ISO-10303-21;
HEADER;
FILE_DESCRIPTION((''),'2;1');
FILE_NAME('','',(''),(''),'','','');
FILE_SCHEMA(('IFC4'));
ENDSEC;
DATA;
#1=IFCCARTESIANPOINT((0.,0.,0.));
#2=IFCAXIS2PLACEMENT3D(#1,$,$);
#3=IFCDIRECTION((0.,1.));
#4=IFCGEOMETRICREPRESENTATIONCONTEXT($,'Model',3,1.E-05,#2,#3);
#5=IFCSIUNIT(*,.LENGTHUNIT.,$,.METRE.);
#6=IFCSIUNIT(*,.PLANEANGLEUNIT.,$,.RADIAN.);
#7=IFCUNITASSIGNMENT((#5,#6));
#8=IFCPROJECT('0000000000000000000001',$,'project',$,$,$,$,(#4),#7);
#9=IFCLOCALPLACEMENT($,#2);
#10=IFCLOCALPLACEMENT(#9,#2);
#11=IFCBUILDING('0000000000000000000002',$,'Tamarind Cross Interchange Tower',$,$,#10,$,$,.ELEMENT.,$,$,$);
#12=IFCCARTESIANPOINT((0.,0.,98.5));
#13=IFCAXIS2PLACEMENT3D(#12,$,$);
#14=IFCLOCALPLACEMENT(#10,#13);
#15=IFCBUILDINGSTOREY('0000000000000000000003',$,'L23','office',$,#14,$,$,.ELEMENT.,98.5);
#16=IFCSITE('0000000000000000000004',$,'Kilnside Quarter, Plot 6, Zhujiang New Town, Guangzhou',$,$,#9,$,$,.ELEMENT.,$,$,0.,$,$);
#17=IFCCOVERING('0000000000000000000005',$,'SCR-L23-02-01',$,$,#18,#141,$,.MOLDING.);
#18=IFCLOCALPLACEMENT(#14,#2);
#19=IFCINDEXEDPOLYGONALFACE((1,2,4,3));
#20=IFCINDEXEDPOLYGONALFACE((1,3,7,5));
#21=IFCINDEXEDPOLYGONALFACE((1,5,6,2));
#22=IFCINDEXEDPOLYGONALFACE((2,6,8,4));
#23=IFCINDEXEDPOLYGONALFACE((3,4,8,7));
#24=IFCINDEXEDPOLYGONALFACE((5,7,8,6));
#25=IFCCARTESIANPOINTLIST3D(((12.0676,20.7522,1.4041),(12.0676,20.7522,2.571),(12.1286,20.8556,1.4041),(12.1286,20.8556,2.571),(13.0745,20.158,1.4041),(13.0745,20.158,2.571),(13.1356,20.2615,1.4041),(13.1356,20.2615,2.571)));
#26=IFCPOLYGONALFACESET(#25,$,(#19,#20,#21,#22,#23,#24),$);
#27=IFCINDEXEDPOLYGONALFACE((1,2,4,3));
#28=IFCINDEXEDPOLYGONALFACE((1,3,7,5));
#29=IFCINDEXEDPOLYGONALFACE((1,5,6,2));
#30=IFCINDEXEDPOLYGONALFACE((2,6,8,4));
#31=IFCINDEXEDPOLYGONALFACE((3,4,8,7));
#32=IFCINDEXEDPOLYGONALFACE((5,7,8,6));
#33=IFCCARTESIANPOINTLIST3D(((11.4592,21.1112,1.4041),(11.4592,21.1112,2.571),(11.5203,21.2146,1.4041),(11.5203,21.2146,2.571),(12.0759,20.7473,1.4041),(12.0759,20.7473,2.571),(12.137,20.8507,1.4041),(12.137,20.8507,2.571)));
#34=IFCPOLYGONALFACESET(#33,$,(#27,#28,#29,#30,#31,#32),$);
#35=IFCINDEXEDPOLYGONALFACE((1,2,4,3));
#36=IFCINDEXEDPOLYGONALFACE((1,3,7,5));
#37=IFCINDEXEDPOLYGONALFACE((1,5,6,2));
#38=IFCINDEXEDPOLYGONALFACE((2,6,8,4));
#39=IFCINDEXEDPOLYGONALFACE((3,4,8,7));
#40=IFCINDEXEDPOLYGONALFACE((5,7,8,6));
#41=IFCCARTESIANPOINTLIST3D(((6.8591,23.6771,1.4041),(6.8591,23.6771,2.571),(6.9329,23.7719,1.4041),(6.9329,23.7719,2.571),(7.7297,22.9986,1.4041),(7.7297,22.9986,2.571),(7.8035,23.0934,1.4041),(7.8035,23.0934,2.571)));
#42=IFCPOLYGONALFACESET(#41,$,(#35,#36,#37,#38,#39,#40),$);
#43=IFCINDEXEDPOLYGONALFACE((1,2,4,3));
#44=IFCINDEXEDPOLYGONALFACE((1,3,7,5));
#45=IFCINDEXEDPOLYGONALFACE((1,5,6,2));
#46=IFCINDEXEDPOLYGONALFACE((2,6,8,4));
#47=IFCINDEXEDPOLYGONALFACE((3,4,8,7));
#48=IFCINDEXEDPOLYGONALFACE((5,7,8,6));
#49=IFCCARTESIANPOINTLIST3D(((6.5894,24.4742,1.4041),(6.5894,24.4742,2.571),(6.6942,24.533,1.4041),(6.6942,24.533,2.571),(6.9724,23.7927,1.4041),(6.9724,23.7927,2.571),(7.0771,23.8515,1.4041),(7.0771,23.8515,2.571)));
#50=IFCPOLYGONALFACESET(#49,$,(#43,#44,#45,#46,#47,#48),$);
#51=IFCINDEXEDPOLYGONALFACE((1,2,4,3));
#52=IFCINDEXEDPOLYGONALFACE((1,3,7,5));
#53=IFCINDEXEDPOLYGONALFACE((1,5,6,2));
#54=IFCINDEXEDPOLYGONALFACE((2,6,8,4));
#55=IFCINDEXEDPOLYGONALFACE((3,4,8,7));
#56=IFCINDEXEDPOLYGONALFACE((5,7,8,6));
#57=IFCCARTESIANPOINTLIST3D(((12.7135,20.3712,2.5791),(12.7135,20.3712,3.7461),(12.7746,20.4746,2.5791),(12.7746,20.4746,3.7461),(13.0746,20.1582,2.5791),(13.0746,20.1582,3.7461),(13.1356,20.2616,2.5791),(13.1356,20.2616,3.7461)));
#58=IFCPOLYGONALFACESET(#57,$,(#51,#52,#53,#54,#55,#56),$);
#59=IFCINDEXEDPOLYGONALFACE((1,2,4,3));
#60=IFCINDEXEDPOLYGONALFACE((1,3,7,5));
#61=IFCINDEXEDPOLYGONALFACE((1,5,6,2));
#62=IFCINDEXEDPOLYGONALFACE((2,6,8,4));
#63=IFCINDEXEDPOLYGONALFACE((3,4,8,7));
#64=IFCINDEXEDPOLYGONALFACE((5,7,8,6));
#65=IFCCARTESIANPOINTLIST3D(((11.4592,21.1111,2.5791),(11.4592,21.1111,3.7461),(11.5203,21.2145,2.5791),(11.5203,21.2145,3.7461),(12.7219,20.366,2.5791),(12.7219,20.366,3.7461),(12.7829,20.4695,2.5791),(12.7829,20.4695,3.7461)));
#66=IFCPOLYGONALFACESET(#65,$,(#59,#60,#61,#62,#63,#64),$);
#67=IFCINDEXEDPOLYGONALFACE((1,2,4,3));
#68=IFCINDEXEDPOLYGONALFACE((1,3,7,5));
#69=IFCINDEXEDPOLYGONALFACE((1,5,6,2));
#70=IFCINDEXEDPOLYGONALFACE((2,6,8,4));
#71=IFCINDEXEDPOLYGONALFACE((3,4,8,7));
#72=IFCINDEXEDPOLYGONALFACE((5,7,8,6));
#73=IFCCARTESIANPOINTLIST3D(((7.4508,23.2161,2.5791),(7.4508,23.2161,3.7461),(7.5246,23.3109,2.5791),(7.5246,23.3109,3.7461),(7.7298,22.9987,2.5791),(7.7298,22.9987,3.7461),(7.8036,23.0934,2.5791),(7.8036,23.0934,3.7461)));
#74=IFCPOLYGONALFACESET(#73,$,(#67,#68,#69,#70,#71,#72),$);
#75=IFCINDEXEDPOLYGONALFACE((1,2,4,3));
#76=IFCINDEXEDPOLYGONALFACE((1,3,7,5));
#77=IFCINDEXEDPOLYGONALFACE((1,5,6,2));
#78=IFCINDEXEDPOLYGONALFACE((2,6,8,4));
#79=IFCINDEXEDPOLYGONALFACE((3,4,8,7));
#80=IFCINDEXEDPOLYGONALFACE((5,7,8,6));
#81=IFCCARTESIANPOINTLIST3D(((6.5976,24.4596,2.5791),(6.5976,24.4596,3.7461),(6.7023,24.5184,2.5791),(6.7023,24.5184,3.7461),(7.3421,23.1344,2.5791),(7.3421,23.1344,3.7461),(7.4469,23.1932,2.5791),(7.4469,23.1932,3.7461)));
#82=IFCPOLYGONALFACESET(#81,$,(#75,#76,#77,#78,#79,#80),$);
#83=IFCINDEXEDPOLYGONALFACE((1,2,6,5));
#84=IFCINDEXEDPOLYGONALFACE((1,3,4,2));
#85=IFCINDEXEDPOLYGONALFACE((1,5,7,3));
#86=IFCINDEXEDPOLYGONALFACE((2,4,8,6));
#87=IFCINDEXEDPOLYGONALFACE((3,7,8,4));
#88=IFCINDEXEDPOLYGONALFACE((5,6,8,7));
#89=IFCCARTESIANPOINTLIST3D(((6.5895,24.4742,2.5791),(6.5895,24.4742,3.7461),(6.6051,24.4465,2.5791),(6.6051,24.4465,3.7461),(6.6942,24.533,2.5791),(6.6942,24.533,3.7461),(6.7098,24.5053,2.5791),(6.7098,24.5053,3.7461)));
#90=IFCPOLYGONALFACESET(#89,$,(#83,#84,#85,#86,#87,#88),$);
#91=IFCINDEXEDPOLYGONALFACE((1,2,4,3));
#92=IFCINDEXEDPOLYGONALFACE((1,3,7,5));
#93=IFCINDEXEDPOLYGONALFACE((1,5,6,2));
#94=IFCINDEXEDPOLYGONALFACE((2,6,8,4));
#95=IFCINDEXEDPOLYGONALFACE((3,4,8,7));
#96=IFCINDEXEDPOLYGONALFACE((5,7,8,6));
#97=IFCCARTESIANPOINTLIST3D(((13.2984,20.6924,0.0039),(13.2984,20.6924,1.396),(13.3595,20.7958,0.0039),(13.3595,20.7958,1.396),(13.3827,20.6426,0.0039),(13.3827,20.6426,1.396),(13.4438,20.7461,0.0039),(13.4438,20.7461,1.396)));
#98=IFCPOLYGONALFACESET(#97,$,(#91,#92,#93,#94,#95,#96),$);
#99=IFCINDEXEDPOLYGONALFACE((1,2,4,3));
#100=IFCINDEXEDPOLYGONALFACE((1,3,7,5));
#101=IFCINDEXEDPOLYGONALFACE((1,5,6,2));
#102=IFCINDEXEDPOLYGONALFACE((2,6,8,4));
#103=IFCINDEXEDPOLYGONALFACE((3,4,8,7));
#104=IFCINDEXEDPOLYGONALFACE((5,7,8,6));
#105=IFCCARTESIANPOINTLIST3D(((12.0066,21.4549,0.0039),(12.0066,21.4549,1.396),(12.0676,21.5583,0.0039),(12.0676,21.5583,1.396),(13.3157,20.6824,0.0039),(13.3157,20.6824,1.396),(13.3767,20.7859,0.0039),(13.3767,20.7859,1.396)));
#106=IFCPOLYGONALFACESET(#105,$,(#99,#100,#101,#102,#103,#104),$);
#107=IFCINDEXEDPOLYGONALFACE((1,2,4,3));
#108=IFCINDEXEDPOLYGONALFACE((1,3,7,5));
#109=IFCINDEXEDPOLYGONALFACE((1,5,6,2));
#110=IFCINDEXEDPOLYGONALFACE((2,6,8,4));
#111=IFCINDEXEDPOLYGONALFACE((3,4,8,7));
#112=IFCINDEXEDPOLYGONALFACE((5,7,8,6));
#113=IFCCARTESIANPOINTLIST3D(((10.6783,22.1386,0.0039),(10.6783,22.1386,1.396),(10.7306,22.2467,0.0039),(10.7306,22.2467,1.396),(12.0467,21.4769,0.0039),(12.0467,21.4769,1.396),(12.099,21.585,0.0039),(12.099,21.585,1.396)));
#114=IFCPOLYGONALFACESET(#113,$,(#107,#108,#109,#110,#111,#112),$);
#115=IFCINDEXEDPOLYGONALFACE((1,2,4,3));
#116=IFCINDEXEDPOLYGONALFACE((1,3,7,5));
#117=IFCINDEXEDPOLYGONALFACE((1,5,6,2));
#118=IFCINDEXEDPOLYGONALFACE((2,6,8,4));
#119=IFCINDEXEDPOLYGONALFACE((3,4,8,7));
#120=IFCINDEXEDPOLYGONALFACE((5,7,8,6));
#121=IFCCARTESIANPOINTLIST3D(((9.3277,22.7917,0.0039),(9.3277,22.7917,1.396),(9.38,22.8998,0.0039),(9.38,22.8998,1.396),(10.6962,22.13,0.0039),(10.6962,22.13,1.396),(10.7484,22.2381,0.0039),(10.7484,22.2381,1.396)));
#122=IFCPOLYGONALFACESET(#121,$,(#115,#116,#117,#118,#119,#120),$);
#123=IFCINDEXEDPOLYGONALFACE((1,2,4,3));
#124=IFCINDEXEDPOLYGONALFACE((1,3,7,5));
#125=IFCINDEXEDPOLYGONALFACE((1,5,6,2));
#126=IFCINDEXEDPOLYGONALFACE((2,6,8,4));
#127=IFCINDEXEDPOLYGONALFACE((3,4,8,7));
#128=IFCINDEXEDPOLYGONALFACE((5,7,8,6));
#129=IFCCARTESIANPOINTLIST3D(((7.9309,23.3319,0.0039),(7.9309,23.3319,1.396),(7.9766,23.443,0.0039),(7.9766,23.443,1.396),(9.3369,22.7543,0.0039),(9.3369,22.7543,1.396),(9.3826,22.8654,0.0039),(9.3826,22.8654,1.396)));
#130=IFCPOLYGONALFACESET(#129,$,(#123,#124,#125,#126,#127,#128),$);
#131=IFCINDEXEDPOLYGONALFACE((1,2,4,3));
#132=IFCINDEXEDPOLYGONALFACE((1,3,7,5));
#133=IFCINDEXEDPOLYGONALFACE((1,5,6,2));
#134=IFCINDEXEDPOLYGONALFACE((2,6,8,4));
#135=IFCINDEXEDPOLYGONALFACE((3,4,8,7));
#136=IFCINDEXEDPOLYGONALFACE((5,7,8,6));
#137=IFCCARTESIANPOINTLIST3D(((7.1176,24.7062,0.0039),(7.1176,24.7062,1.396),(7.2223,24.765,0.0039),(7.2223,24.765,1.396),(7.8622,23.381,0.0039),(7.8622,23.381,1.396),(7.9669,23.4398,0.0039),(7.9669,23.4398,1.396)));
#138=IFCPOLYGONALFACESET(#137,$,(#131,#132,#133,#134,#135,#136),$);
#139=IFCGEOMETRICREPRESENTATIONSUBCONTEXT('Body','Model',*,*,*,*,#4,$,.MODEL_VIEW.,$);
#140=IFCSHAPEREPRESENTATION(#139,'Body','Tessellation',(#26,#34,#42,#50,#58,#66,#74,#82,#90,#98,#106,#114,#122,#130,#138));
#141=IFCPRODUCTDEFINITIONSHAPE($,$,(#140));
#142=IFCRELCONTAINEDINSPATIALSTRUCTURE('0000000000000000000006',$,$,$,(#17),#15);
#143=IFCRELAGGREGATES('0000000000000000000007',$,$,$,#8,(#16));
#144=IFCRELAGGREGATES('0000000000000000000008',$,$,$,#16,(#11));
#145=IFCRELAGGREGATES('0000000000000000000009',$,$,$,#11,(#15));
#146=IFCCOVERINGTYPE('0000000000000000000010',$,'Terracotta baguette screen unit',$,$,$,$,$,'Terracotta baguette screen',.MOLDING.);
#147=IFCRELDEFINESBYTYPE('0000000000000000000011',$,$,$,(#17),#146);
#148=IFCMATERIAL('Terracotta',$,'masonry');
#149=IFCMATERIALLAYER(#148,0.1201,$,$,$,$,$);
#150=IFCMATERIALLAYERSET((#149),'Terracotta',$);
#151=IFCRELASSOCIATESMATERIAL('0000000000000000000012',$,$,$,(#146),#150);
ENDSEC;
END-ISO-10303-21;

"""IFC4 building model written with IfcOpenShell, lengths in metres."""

from ifc_helpers import new_model, si_unit, direction, frame, origin, origin_2d, place, context, subcontext, project, spatial, rectangle, extrude, material, layer, layer_set, type_object, element, save


model = new_model("IFC4")

# Units and contexts
model_context = context("Model", 3, precision=1e-05, world=origin(), true_north=direction((0.0, 1.0)))
body_context = subcontext(model_context, "Body", "Model", "MODEL_VIEW")
ifc_project = project(units=[si_unit("LENGTHUNIT", "METRE"), si_unit("PLANEANGLEUNIT", "RADIAN")], contexts=[model_context])

# Site, building, storey
site_placement = place(None, origin())
site = spatial("IfcSite", under=ifc_project, at=site_placement, Name="Kilnside Quarter, Plot 6, Zhujiang New Town, Guangzhou", CompositionType="ELEMENT", RefElevation=0.0)
building_placement = place(site_placement, origin())
building = spatial("IfcBuilding", under=site, at=building_placement, Name="Tamarind Cross Interchange Tower", CompositionType="ELEMENT")
storey_placement = place(building_placement, frame((0.0, 0.0, 98.5)))
storey = spatial("IfcBuildingStorey", under=building, at=storey_placement, Name="L23", Description="office", CompositionType="ELEMENT", Elevation=98.5)

# Covering
ifc_material_1 = material(Name="Terracotta", Category="masonry")
ifc_layer_1 = layer(ifc_material_1, 0.1201)
ifc_layer_set_1 = layer_set([ifc_layer_1], Name="Terracotta")
covering_type = type_object("IfcCoveringType", Name="Terracotta baguette screen unit", ElementType="Terracotta baguette screen", PredefinedType="MOLDING", material=ifc_layer_set_1)
covering_placement = place(storey_placement, origin())
element("IfcCovering", 1, at=covering_placement, inside=storey, type_object=covering_type, Name="SCR-L23-02-01", PredefinedType="MOLDING", context=body_context, shape_type="SweptSolid", body=[
    extrude(rectangle(XDim=1.1692, YDim=0.1201, at=origin_2d()), frame((12.6016, 20.5068, 1.4041), z_axis=(0.0, 0.0, 1.0), x_axis=(-0.861249, 0.508183, 0.0)), (0.0, 0.0, 1.0), 1.167),
    extrude(rectangle(XDim=0.7161, YDim=0.1201, at=origin_2d()), frame((11.7981, 20.981, 1.4041), z_axis=(0.0, 0.0, 1.0), x_axis=(-0.861249, 0.508183, 0.0)), (0.0, 0.0, 1.0), 1.167),
    extrude(rectangle(XDim=1.1038, YDim=0.1201, at=origin_2d()), frame((7.3313, 23.3853, 1.4041), z_axis=(0.0, 0.0, 1.0), x_axis=(-0.788748, 0.614716, 0.0)), (0.0, 0.0, 1.0), 1.167),
    extrude(rectangle(XDim=0.7817, YDim=0.1201, at=origin_2d()), frame((6.8333, 24.1628, 1.4041), z_axis=(0.0, 0.0, 1.0), x_axis=(-0.489833, 0.871816, 0.0)), (0.0, 0.0, 1.0), 1.167),
    extrude(rectangle(XDim=0.4192, YDim=0.1201, at=origin_2d()), frame((12.9246, 20.3164, 2.5791), z_axis=(0.0, 0.0, 1.0), x_axis=(-0.861249, 0.508183, 0.0)), (0.0, 0.0, 1.0), 1.167),
    extrude(rectangle(XDim=1.4661, YDim=0.1201, at=origin_2d()), frame((12.1211, 20.7903, 2.5791), z_axis=(0.0, 0.0, 1.0), x_axis=(-0.861249, 0.508183, 0.0)), (0.0, 0.0, 1.0), 1.167),
    extrude(rectangle(XDim=0.3538, YDim=0.1201, at=origin_2d()), frame((7.6272, 23.1548, 2.5791), z_axis=(0.0, 0.0, 1.0), x_axis=(-0.788748, 0.614716, 0.0)), (0.0, 0.0, 1.0), 1.167),
    extrude(rectangle(XDim=1.52, YDim=0.1201, at=origin_2d()), frame((7.0222, 23.8264, 2.5791), z_axis=(0.0, 0.0, 1.0), x_axis=(-0.489833, 0.871816, 0.0)), (0.0, 0.0, 1.0), 1.167),
    extrude(rectangle(XDim=0.0317, YDim=0.1201, at=origin_2d()), frame((6.6497, 24.4897, 2.5791), z_axis=(0.0, 0.0, 1.0), x_axis=(-0.489833, 0.871816, 0.0)), (0.0, 0.0, 1.0), 1.167),
    extrude(rectangle(XDim=0.0979, YDim=0.1201, at=origin_2d()), frame((13.3711, 20.7192, 0.0039), z_axis=(0.0, 0.0, 1.0), x_axis=(-0.861249, 0.508183, 0.0)), (0.0, 0.0, 1.0), 1.3921),
    extrude(rectangle(XDim=1.52, YDim=0.1201, at=origin_2d()), frame((12.6917, 21.1204, 0.0039), z_axis=(0.0, 0.0, 1.0), x_axis=(-0.861249, 0.508183, 0.0)), (0.0, 0.0, 1.0), 1.3921),
    extrude(rectangle(XDim=1.52, YDim=0.1201, at=origin_2d()), frame((11.3887, 21.8618, 0.0039), z_axis=(0.0, 0.0, 1.0), x_axis=(-0.900273, 0.435326, 0.0)), (0.0, 0.0, 1.0), 1.3921),
    extrude(rectangle(XDim=1.52, YDim=0.1201, at=origin_2d()), frame((10.0381, 22.5149, 0.0039), z_axis=(0.0, 0.0, 1.0), x_axis=(-0.900273, 0.435326, 0.0)), (0.0, 0.0, 1.0), 1.3921),
    extrude(rectangle(XDim=1.52, YDim=0.1201, at=origin_2d()), frame((8.6567, 23.0986, 0.0039), z_axis=(0.0, 0.0, 1.0), x_axis=(-0.92498, 0.380016, 0.0)), (0.0, 0.0, 1.0), 1.3921),
    extrude(rectangle(XDim=1.52, YDim=0.1201, at=origin_2d()), frame((7.5422, 24.073, 0.0039), z_axis=(0.0, 0.0, 1.0), x_axis=(-0.489833, 0.871816, 0.0)), (0.0, 0.0, 1.0), 1.3921),
])

save(model, "model.ifc")
